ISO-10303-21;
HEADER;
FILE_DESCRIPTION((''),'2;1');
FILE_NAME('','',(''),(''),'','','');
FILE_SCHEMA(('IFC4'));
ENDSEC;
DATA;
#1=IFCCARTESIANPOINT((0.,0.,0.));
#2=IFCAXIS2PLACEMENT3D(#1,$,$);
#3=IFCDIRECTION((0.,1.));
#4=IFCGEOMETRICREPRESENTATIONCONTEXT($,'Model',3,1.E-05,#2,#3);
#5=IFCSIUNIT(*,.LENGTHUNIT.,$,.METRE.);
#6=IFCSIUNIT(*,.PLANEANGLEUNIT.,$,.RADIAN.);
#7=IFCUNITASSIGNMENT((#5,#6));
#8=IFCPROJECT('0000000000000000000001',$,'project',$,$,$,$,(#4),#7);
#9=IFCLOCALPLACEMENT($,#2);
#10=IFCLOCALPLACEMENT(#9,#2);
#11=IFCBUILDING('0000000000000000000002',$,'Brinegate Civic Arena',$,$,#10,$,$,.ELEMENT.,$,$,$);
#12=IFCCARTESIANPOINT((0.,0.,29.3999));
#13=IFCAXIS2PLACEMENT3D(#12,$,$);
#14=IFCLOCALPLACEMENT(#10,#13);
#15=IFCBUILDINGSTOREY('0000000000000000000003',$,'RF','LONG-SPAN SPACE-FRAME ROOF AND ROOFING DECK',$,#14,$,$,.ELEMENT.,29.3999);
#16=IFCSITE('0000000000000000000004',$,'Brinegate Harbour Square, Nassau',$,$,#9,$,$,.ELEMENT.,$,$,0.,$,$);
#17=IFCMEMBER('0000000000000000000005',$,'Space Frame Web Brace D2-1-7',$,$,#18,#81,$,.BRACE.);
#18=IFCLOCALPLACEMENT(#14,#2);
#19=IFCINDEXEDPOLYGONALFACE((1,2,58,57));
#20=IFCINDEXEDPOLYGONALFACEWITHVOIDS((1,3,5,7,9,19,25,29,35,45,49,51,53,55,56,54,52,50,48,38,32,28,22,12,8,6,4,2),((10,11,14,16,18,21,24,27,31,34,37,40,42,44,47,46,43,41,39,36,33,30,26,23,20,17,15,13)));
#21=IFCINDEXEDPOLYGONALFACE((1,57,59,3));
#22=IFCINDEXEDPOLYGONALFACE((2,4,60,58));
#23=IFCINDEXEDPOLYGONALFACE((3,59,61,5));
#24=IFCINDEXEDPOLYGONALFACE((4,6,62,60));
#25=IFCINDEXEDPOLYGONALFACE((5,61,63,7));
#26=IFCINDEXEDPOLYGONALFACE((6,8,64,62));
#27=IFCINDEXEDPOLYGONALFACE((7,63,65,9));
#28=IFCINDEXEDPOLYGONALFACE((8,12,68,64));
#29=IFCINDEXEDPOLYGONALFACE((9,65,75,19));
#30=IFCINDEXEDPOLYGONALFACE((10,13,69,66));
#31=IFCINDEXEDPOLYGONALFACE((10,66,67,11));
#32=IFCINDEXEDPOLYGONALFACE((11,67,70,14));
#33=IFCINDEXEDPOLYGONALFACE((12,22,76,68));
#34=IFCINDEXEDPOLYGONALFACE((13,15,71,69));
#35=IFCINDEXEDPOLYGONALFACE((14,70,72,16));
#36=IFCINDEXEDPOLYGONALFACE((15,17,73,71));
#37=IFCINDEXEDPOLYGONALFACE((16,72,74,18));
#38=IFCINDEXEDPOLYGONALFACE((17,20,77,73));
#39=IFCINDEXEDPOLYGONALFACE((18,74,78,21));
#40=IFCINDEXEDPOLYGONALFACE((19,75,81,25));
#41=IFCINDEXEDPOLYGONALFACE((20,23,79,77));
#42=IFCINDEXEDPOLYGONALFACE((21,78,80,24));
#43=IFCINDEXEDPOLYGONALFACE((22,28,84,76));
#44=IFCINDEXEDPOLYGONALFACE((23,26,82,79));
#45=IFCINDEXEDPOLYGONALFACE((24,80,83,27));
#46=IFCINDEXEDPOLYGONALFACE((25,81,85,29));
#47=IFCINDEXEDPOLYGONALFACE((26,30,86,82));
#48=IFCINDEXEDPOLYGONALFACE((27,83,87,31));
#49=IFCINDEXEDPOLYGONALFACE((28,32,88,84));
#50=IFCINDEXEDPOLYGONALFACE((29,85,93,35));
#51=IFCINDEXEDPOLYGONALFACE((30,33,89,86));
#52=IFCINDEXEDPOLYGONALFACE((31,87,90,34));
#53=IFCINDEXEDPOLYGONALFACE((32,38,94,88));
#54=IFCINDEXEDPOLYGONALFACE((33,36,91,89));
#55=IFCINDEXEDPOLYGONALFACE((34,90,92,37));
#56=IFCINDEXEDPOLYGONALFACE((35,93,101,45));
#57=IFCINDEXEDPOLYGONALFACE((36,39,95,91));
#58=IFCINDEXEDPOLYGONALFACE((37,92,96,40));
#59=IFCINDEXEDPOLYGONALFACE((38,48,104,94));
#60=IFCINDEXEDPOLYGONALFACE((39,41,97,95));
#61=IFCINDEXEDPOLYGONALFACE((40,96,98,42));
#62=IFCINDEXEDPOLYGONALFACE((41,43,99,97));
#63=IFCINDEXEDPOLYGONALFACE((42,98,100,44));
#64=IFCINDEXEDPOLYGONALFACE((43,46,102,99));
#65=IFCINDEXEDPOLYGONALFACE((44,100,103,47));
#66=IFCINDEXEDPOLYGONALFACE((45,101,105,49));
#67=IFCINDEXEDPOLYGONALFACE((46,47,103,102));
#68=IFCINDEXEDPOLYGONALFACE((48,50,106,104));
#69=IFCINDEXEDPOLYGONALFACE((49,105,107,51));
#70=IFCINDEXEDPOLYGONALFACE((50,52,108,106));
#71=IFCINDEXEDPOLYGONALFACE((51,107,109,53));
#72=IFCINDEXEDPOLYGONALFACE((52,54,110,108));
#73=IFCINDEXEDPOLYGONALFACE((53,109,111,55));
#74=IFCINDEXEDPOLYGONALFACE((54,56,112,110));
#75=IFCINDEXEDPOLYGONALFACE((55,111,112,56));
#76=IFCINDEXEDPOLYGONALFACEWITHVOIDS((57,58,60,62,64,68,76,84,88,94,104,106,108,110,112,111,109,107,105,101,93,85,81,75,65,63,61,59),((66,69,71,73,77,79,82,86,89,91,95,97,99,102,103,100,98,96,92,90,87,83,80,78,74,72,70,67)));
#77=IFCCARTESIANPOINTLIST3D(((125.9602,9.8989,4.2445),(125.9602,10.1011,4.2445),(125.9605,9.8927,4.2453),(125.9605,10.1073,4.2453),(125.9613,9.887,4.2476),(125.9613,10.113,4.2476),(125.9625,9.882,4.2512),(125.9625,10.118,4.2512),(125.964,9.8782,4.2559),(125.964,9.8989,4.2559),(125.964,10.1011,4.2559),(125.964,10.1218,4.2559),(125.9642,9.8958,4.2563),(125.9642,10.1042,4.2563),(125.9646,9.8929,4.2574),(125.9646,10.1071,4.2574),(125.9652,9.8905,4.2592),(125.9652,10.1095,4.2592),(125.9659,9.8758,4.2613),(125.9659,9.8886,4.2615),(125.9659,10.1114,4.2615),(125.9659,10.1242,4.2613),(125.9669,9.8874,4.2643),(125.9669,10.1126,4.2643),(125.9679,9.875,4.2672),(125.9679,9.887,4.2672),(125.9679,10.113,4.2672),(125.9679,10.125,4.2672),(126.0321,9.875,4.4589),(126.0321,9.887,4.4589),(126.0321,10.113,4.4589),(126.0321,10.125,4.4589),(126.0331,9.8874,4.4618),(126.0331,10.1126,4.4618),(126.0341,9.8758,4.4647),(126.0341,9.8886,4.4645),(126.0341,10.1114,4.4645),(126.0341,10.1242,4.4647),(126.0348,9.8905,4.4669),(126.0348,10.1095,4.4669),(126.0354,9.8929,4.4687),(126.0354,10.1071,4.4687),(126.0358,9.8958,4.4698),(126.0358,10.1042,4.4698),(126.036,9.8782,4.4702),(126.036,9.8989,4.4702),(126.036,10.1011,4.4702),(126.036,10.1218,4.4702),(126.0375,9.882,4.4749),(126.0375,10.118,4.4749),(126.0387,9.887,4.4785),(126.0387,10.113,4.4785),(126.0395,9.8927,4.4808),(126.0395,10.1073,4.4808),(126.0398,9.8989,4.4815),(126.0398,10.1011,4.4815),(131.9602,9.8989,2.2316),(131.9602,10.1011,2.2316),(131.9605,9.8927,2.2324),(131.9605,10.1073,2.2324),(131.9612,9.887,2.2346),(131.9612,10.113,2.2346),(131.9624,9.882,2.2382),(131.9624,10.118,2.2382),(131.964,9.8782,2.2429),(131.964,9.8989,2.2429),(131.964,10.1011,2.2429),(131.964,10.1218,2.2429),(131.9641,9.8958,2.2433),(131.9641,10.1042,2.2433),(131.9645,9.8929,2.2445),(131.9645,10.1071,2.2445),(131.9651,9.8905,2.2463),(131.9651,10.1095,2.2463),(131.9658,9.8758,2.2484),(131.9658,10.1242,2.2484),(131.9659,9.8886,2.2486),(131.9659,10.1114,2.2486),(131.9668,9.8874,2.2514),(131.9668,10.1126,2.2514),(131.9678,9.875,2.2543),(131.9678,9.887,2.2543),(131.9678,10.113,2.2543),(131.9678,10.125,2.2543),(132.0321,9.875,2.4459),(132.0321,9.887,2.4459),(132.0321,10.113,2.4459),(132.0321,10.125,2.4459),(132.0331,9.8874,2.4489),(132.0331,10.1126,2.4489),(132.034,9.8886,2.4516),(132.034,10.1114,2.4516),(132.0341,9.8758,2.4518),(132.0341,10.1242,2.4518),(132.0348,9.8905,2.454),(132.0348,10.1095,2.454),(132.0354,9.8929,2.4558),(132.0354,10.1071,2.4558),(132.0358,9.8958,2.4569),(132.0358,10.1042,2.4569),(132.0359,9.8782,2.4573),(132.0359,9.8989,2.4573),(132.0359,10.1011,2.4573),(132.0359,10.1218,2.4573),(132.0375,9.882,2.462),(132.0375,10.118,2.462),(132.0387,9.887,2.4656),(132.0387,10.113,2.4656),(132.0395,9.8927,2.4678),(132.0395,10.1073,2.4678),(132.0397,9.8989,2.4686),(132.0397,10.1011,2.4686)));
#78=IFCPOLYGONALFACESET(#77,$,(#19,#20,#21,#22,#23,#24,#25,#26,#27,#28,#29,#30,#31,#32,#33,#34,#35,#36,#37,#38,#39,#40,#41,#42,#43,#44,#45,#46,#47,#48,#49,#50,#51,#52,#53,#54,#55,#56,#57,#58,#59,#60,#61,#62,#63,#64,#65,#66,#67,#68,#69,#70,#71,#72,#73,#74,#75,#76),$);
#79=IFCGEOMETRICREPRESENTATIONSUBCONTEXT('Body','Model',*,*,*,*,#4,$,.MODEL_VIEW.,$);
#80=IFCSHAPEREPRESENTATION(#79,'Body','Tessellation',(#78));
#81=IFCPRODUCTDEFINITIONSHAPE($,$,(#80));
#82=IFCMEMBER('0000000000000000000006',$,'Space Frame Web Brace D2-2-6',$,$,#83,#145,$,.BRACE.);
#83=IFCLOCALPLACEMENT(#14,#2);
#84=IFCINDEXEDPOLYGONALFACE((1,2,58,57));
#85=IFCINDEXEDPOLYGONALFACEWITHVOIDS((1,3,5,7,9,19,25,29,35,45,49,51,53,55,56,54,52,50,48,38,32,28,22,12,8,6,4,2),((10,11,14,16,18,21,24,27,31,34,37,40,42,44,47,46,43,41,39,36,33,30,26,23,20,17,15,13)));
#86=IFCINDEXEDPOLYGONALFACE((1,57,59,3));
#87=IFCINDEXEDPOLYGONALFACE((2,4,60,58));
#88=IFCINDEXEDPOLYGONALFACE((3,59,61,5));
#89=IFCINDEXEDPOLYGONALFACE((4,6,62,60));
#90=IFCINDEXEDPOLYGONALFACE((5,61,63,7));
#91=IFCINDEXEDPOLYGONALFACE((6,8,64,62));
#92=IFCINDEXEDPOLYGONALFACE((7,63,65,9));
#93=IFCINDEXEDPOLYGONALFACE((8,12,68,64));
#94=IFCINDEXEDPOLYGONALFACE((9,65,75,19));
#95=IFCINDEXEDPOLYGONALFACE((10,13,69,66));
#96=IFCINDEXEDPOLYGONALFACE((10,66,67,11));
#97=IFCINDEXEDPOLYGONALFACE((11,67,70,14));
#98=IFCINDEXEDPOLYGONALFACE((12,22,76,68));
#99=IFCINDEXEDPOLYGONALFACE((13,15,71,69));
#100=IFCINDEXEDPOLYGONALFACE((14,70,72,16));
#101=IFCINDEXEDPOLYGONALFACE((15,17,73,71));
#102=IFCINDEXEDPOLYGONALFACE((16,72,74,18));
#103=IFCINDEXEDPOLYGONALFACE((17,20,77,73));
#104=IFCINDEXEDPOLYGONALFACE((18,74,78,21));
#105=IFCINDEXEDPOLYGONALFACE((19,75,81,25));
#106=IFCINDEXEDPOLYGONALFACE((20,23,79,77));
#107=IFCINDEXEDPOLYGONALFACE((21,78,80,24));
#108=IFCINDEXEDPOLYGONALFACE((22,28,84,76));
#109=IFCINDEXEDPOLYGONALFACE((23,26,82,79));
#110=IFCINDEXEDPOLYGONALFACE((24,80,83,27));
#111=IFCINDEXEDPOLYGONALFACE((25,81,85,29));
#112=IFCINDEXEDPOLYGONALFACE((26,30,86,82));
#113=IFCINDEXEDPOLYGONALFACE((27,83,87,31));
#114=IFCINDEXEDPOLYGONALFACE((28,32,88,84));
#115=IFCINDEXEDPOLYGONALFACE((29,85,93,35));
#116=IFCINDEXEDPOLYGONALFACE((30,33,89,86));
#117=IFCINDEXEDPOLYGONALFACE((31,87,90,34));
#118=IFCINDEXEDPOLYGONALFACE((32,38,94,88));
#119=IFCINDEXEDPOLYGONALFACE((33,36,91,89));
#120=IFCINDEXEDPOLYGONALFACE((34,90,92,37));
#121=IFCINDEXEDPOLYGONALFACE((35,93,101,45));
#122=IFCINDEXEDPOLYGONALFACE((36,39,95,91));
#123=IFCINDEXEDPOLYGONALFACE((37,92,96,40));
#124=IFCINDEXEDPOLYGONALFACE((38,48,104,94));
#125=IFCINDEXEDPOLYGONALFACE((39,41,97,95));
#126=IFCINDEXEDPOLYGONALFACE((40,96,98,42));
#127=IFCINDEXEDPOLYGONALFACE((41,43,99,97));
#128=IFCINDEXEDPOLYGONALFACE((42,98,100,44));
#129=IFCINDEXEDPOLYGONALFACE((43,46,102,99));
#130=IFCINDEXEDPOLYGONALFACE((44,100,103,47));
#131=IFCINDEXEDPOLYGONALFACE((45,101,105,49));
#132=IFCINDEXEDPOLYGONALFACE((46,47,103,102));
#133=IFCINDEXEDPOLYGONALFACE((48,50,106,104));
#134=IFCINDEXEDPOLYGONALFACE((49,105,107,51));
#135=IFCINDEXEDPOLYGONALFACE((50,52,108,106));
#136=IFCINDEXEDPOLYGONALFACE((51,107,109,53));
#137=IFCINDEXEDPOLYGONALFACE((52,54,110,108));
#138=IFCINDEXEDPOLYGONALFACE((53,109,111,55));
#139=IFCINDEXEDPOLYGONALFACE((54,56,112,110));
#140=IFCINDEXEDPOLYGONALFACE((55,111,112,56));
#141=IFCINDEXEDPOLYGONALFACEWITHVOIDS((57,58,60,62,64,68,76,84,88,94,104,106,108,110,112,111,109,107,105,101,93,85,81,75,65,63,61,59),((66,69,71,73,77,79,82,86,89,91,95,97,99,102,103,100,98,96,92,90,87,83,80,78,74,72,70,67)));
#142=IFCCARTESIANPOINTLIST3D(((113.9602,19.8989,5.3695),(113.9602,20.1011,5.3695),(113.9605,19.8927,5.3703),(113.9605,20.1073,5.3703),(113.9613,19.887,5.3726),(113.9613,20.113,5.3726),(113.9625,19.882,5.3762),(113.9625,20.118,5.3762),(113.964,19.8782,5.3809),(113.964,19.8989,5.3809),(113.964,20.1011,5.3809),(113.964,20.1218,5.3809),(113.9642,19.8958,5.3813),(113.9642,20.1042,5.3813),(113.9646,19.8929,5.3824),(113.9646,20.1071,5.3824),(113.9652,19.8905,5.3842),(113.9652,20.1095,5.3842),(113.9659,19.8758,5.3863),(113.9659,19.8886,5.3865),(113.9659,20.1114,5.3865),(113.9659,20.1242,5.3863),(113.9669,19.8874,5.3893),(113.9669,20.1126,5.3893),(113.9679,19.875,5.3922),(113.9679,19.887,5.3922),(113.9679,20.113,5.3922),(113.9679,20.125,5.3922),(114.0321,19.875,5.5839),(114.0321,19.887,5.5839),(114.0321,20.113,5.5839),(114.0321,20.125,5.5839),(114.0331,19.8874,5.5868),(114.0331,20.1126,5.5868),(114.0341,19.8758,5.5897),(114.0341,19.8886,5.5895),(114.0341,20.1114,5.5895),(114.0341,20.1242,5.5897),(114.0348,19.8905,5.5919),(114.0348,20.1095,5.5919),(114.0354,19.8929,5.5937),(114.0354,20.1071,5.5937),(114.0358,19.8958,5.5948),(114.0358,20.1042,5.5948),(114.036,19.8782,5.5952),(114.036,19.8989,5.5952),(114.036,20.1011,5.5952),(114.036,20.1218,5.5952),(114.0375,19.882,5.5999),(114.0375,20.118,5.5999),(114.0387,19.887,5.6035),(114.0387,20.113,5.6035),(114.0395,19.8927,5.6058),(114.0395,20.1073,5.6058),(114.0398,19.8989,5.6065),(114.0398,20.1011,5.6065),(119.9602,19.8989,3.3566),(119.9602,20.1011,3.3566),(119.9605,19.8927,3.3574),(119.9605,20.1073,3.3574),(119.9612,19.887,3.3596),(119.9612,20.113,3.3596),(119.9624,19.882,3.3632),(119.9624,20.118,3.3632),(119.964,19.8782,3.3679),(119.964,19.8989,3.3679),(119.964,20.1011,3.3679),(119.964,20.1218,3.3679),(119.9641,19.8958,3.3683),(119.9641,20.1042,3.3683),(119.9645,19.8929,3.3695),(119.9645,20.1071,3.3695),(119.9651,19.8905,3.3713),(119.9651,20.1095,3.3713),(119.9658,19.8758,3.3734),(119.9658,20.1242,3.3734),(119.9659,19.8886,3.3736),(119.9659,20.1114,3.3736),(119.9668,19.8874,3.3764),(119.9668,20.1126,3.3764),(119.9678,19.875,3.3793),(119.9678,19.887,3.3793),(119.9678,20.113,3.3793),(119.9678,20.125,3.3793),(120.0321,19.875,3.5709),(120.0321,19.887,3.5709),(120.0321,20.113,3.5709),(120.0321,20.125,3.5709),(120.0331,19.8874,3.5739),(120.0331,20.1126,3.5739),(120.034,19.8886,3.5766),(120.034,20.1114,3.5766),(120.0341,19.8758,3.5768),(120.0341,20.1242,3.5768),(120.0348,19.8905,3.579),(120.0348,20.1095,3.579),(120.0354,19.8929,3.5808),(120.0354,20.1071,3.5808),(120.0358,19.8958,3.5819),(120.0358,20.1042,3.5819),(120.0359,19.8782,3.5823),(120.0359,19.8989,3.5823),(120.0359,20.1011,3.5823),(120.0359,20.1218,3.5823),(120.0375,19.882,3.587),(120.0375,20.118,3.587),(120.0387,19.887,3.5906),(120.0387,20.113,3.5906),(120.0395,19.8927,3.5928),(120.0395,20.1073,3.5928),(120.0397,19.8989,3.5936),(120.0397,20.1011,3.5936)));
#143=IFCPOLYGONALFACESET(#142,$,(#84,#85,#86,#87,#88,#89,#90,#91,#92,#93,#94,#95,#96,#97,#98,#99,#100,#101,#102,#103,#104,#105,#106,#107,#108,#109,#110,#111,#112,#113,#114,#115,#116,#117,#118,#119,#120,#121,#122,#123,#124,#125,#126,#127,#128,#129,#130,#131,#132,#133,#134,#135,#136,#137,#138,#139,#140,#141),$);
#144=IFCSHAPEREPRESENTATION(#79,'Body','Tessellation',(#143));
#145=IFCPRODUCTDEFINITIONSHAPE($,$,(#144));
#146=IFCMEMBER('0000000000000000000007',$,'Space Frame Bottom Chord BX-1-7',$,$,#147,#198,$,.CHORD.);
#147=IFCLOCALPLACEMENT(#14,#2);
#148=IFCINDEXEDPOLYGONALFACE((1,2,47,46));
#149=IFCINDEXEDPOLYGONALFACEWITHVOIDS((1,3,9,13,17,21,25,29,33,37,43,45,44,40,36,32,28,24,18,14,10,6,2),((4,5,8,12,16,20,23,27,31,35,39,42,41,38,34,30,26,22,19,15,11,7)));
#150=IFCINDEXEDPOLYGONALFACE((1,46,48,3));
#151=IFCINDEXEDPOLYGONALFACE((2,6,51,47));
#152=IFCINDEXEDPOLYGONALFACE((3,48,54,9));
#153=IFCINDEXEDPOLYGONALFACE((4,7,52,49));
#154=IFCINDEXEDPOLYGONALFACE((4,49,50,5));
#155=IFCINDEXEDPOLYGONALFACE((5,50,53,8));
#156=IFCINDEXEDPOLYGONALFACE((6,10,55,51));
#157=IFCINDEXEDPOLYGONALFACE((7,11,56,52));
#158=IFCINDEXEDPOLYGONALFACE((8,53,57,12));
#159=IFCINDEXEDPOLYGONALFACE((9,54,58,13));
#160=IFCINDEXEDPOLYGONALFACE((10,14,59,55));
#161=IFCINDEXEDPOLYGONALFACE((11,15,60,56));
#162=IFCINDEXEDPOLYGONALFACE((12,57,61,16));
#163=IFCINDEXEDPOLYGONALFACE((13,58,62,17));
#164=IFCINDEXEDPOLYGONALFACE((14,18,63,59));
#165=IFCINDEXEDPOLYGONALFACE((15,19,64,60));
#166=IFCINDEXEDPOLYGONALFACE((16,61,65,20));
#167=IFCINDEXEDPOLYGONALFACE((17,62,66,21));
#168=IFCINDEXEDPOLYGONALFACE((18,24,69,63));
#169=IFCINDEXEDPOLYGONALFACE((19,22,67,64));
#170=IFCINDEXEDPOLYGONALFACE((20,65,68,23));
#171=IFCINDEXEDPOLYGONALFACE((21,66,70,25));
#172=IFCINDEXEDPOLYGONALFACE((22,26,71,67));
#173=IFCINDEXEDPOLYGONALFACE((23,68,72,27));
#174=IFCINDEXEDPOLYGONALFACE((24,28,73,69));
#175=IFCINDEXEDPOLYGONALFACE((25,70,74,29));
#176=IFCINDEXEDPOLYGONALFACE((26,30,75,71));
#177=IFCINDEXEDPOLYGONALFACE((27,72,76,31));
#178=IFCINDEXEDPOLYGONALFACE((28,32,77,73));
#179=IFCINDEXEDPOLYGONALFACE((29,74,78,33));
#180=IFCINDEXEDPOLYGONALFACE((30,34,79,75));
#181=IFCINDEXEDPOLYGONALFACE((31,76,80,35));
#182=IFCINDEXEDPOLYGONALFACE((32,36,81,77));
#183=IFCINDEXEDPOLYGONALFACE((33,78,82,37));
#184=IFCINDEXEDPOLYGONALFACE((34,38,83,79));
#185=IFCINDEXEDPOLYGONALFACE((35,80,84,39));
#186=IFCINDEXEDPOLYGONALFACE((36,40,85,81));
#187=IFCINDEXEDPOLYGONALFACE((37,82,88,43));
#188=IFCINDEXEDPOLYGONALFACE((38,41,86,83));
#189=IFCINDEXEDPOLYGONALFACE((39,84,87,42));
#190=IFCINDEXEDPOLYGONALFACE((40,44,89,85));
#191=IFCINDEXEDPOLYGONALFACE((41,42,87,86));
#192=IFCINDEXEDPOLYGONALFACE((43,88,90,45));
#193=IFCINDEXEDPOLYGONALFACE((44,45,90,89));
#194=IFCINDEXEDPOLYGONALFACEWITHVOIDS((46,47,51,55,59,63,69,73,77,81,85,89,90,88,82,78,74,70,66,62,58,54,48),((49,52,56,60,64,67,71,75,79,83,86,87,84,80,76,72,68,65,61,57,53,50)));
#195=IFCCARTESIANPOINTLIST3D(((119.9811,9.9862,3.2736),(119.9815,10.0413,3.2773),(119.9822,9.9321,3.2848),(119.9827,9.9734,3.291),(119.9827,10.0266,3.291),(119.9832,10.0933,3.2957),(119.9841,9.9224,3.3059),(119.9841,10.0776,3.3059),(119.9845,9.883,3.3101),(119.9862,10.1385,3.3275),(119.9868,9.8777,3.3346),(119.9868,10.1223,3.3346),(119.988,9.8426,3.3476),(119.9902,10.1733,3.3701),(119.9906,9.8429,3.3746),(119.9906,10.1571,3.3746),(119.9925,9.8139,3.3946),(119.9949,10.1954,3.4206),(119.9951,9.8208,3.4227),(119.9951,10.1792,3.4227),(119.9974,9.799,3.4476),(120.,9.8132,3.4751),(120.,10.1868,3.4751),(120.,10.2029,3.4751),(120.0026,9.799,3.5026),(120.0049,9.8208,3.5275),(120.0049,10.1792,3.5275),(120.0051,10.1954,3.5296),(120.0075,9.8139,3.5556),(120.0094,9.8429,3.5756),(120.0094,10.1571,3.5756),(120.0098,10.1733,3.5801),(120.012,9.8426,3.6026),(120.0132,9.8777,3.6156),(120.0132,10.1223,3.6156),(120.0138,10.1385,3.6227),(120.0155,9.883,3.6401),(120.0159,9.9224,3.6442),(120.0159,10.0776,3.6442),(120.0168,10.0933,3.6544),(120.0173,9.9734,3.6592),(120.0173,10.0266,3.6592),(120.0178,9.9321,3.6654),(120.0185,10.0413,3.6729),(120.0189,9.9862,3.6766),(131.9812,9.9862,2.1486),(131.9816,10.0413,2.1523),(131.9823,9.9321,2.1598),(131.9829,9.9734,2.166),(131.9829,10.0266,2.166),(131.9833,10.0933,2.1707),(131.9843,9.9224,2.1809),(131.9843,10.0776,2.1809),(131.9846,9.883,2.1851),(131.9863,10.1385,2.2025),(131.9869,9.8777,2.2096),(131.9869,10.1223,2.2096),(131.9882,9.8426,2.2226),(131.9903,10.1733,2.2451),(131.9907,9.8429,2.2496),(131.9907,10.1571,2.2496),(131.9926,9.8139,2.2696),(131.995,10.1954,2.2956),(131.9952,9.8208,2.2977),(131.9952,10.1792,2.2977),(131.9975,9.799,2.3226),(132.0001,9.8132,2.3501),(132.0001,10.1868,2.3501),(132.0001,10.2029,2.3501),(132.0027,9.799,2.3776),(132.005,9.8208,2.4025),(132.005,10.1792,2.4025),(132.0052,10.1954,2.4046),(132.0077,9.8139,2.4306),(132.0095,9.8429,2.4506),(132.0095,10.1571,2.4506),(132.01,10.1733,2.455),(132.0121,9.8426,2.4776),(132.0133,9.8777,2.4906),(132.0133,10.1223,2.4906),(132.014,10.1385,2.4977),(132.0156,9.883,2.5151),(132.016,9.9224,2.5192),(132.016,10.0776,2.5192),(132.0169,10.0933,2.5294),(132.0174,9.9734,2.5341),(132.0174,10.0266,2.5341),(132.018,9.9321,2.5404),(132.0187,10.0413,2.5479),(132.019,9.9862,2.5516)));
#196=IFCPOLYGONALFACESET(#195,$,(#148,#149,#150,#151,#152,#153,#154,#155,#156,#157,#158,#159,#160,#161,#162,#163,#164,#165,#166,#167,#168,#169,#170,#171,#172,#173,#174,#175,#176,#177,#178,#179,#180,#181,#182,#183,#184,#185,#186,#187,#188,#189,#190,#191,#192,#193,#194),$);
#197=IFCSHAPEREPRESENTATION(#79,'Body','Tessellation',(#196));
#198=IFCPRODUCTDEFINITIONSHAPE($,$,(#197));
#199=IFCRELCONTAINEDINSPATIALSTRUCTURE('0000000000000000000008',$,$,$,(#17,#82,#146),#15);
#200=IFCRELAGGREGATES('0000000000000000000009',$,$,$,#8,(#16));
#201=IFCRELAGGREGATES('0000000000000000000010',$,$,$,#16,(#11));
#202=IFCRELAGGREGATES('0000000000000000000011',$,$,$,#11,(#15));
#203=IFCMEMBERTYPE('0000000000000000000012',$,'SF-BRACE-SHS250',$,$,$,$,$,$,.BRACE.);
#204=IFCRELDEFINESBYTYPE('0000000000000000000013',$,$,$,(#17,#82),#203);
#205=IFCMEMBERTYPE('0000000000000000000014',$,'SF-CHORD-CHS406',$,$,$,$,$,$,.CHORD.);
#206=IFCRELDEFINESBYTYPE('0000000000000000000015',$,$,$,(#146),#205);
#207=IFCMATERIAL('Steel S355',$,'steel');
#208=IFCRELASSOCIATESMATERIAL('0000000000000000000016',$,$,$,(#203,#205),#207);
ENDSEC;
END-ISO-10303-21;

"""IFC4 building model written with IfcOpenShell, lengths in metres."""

from ifc_helpers import new_model, si_unit, direction, frame, origin, origin_2d, place, context, subcontext, project, spatial, hollow_rectangle, hollow_circle, extrude, material, material_profile, profile_set, type_object, element, save


model = new_model("IFC4")

# Units and contexts
model_context = context("Model", 3, precision=1e-05, world=origin(), true_north=direction((0.0, 1.0)))
body_context = subcontext(model_context, "Body", "Model", "MODEL_VIEW")
ifc_project = project(units=[si_unit("LENGTHUNIT", "METRE"), si_unit("PLANEANGLEUNIT", "RADIAN")], contexts=[model_context])

# Site, building, storey
site_placement = place(None, origin())
site = spatial("IfcSite", under=ifc_project, at=site_placement, Name="Brinegate Harbour Square, Nassau", CompositionType="ELEMENT", RefElevation=0.0)
building_placement = place(site_placement, origin())
building = spatial("IfcBuilding", under=site, at=building_placement, Name="Brinegate Civic Arena", CompositionType="ELEMENT")
storey_placement = place(building_placement, frame((0.0, 0.0, 29.3999)))
storey = spatial("IfcBuildingStorey", under=building, at=storey_placement, Name="RF", Description="LONG-SPAN SPACE-FRAME ROOF AND ROOFING DECK", CompositionType="ELEMENT", Elevation=29.3999)

# Shared definitions
ifc_material_1 = material(Name="Steel S355", Category="steel")

# Members
ifc_material_profile_1 = material_profile(ifc_material_1, hollow_rectangle(XDim=0.25, YDim=0.25, WallThickness=0.012, InnerFilletRadius=0.012, OuterFilletRadius=0.0239, at=origin_2d()), Name="SHS250X12")
ifc_profile_set_1 = profile_set([ifc_material_profile_1], Name="Steel S355")
member_type_1 = type_object("IfcMemberType", Name="SF-BRACE-SHS250", PredefinedType="BRACE", material=ifc_profile_set_1)
for number, where, z_axis, x_axis, name in (
    (1, (126.0, 10.0, 4.363), (0.948068, 0.0, -0.318067), (0.0, 1.0, 0.0), "Space Frame Web Brace D2-1-7"),
    (2, (114.0, 20.0, 5.488), (0.948068, 0.0, -0.318067), (0.0, 1.0, 0.0), "Space Frame Web Brace D2-2-6"),
):
    element("IfcMember", number, at=place(storey_placement, frame(where, z_axis=z_axis, x_axis=x_axis)), inside=storey, type_object=member_type_1, Name=name, PredefinedType="BRACE", context=body_context, shape_type="SweptSolid", body=[
        extrude(hollow_rectangle(XDim=0.25, YDim=0.25, WallThickness=0.012, InnerFilletRadius=0.012, OuterFilletRadius=0.0239, at=origin_2d()), origin(), (0.0, 0.0, 1.0), 6.3286),
    ])
ifc_material_profile_2 = material_profile(ifc_material_1, hollow_circle(Radius=0.2029, WallThickness=0.0161, at=origin_2d()), Name="CHS406X16")
ifc_profile_set_2 = profile_set([ifc_material_profile_2], Name="Steel S355")
member_type_2 = type_object("IfcMemberType", Name="SF-CHORD-CHS406", PredefinedType="CHORD", material=ifc_profile_set_2)
member_1_placement = place(storey_placement, frame((120.0, 10.0, 3.4751), z_axis=(0.995634, 0.0, -0.093341), x_axis=(0.0, 1.0, 0.0)))
element("IfcMember", 3, at=member_1_placement, inside=storey, type_object=member_type_2, Name="Space Frame Bottom Chord BX-1-7", PredefinedType="CHORD", context=body_context, shape_type="SweptSolid", body=[
    extrude(hollow_circle(Radius=0.2029, WallThickness=0.0161, at=origin_2d()), origin(), (0.0, 0.0, 1.0), 12.0527),
])

save(model, "model.ifc")
